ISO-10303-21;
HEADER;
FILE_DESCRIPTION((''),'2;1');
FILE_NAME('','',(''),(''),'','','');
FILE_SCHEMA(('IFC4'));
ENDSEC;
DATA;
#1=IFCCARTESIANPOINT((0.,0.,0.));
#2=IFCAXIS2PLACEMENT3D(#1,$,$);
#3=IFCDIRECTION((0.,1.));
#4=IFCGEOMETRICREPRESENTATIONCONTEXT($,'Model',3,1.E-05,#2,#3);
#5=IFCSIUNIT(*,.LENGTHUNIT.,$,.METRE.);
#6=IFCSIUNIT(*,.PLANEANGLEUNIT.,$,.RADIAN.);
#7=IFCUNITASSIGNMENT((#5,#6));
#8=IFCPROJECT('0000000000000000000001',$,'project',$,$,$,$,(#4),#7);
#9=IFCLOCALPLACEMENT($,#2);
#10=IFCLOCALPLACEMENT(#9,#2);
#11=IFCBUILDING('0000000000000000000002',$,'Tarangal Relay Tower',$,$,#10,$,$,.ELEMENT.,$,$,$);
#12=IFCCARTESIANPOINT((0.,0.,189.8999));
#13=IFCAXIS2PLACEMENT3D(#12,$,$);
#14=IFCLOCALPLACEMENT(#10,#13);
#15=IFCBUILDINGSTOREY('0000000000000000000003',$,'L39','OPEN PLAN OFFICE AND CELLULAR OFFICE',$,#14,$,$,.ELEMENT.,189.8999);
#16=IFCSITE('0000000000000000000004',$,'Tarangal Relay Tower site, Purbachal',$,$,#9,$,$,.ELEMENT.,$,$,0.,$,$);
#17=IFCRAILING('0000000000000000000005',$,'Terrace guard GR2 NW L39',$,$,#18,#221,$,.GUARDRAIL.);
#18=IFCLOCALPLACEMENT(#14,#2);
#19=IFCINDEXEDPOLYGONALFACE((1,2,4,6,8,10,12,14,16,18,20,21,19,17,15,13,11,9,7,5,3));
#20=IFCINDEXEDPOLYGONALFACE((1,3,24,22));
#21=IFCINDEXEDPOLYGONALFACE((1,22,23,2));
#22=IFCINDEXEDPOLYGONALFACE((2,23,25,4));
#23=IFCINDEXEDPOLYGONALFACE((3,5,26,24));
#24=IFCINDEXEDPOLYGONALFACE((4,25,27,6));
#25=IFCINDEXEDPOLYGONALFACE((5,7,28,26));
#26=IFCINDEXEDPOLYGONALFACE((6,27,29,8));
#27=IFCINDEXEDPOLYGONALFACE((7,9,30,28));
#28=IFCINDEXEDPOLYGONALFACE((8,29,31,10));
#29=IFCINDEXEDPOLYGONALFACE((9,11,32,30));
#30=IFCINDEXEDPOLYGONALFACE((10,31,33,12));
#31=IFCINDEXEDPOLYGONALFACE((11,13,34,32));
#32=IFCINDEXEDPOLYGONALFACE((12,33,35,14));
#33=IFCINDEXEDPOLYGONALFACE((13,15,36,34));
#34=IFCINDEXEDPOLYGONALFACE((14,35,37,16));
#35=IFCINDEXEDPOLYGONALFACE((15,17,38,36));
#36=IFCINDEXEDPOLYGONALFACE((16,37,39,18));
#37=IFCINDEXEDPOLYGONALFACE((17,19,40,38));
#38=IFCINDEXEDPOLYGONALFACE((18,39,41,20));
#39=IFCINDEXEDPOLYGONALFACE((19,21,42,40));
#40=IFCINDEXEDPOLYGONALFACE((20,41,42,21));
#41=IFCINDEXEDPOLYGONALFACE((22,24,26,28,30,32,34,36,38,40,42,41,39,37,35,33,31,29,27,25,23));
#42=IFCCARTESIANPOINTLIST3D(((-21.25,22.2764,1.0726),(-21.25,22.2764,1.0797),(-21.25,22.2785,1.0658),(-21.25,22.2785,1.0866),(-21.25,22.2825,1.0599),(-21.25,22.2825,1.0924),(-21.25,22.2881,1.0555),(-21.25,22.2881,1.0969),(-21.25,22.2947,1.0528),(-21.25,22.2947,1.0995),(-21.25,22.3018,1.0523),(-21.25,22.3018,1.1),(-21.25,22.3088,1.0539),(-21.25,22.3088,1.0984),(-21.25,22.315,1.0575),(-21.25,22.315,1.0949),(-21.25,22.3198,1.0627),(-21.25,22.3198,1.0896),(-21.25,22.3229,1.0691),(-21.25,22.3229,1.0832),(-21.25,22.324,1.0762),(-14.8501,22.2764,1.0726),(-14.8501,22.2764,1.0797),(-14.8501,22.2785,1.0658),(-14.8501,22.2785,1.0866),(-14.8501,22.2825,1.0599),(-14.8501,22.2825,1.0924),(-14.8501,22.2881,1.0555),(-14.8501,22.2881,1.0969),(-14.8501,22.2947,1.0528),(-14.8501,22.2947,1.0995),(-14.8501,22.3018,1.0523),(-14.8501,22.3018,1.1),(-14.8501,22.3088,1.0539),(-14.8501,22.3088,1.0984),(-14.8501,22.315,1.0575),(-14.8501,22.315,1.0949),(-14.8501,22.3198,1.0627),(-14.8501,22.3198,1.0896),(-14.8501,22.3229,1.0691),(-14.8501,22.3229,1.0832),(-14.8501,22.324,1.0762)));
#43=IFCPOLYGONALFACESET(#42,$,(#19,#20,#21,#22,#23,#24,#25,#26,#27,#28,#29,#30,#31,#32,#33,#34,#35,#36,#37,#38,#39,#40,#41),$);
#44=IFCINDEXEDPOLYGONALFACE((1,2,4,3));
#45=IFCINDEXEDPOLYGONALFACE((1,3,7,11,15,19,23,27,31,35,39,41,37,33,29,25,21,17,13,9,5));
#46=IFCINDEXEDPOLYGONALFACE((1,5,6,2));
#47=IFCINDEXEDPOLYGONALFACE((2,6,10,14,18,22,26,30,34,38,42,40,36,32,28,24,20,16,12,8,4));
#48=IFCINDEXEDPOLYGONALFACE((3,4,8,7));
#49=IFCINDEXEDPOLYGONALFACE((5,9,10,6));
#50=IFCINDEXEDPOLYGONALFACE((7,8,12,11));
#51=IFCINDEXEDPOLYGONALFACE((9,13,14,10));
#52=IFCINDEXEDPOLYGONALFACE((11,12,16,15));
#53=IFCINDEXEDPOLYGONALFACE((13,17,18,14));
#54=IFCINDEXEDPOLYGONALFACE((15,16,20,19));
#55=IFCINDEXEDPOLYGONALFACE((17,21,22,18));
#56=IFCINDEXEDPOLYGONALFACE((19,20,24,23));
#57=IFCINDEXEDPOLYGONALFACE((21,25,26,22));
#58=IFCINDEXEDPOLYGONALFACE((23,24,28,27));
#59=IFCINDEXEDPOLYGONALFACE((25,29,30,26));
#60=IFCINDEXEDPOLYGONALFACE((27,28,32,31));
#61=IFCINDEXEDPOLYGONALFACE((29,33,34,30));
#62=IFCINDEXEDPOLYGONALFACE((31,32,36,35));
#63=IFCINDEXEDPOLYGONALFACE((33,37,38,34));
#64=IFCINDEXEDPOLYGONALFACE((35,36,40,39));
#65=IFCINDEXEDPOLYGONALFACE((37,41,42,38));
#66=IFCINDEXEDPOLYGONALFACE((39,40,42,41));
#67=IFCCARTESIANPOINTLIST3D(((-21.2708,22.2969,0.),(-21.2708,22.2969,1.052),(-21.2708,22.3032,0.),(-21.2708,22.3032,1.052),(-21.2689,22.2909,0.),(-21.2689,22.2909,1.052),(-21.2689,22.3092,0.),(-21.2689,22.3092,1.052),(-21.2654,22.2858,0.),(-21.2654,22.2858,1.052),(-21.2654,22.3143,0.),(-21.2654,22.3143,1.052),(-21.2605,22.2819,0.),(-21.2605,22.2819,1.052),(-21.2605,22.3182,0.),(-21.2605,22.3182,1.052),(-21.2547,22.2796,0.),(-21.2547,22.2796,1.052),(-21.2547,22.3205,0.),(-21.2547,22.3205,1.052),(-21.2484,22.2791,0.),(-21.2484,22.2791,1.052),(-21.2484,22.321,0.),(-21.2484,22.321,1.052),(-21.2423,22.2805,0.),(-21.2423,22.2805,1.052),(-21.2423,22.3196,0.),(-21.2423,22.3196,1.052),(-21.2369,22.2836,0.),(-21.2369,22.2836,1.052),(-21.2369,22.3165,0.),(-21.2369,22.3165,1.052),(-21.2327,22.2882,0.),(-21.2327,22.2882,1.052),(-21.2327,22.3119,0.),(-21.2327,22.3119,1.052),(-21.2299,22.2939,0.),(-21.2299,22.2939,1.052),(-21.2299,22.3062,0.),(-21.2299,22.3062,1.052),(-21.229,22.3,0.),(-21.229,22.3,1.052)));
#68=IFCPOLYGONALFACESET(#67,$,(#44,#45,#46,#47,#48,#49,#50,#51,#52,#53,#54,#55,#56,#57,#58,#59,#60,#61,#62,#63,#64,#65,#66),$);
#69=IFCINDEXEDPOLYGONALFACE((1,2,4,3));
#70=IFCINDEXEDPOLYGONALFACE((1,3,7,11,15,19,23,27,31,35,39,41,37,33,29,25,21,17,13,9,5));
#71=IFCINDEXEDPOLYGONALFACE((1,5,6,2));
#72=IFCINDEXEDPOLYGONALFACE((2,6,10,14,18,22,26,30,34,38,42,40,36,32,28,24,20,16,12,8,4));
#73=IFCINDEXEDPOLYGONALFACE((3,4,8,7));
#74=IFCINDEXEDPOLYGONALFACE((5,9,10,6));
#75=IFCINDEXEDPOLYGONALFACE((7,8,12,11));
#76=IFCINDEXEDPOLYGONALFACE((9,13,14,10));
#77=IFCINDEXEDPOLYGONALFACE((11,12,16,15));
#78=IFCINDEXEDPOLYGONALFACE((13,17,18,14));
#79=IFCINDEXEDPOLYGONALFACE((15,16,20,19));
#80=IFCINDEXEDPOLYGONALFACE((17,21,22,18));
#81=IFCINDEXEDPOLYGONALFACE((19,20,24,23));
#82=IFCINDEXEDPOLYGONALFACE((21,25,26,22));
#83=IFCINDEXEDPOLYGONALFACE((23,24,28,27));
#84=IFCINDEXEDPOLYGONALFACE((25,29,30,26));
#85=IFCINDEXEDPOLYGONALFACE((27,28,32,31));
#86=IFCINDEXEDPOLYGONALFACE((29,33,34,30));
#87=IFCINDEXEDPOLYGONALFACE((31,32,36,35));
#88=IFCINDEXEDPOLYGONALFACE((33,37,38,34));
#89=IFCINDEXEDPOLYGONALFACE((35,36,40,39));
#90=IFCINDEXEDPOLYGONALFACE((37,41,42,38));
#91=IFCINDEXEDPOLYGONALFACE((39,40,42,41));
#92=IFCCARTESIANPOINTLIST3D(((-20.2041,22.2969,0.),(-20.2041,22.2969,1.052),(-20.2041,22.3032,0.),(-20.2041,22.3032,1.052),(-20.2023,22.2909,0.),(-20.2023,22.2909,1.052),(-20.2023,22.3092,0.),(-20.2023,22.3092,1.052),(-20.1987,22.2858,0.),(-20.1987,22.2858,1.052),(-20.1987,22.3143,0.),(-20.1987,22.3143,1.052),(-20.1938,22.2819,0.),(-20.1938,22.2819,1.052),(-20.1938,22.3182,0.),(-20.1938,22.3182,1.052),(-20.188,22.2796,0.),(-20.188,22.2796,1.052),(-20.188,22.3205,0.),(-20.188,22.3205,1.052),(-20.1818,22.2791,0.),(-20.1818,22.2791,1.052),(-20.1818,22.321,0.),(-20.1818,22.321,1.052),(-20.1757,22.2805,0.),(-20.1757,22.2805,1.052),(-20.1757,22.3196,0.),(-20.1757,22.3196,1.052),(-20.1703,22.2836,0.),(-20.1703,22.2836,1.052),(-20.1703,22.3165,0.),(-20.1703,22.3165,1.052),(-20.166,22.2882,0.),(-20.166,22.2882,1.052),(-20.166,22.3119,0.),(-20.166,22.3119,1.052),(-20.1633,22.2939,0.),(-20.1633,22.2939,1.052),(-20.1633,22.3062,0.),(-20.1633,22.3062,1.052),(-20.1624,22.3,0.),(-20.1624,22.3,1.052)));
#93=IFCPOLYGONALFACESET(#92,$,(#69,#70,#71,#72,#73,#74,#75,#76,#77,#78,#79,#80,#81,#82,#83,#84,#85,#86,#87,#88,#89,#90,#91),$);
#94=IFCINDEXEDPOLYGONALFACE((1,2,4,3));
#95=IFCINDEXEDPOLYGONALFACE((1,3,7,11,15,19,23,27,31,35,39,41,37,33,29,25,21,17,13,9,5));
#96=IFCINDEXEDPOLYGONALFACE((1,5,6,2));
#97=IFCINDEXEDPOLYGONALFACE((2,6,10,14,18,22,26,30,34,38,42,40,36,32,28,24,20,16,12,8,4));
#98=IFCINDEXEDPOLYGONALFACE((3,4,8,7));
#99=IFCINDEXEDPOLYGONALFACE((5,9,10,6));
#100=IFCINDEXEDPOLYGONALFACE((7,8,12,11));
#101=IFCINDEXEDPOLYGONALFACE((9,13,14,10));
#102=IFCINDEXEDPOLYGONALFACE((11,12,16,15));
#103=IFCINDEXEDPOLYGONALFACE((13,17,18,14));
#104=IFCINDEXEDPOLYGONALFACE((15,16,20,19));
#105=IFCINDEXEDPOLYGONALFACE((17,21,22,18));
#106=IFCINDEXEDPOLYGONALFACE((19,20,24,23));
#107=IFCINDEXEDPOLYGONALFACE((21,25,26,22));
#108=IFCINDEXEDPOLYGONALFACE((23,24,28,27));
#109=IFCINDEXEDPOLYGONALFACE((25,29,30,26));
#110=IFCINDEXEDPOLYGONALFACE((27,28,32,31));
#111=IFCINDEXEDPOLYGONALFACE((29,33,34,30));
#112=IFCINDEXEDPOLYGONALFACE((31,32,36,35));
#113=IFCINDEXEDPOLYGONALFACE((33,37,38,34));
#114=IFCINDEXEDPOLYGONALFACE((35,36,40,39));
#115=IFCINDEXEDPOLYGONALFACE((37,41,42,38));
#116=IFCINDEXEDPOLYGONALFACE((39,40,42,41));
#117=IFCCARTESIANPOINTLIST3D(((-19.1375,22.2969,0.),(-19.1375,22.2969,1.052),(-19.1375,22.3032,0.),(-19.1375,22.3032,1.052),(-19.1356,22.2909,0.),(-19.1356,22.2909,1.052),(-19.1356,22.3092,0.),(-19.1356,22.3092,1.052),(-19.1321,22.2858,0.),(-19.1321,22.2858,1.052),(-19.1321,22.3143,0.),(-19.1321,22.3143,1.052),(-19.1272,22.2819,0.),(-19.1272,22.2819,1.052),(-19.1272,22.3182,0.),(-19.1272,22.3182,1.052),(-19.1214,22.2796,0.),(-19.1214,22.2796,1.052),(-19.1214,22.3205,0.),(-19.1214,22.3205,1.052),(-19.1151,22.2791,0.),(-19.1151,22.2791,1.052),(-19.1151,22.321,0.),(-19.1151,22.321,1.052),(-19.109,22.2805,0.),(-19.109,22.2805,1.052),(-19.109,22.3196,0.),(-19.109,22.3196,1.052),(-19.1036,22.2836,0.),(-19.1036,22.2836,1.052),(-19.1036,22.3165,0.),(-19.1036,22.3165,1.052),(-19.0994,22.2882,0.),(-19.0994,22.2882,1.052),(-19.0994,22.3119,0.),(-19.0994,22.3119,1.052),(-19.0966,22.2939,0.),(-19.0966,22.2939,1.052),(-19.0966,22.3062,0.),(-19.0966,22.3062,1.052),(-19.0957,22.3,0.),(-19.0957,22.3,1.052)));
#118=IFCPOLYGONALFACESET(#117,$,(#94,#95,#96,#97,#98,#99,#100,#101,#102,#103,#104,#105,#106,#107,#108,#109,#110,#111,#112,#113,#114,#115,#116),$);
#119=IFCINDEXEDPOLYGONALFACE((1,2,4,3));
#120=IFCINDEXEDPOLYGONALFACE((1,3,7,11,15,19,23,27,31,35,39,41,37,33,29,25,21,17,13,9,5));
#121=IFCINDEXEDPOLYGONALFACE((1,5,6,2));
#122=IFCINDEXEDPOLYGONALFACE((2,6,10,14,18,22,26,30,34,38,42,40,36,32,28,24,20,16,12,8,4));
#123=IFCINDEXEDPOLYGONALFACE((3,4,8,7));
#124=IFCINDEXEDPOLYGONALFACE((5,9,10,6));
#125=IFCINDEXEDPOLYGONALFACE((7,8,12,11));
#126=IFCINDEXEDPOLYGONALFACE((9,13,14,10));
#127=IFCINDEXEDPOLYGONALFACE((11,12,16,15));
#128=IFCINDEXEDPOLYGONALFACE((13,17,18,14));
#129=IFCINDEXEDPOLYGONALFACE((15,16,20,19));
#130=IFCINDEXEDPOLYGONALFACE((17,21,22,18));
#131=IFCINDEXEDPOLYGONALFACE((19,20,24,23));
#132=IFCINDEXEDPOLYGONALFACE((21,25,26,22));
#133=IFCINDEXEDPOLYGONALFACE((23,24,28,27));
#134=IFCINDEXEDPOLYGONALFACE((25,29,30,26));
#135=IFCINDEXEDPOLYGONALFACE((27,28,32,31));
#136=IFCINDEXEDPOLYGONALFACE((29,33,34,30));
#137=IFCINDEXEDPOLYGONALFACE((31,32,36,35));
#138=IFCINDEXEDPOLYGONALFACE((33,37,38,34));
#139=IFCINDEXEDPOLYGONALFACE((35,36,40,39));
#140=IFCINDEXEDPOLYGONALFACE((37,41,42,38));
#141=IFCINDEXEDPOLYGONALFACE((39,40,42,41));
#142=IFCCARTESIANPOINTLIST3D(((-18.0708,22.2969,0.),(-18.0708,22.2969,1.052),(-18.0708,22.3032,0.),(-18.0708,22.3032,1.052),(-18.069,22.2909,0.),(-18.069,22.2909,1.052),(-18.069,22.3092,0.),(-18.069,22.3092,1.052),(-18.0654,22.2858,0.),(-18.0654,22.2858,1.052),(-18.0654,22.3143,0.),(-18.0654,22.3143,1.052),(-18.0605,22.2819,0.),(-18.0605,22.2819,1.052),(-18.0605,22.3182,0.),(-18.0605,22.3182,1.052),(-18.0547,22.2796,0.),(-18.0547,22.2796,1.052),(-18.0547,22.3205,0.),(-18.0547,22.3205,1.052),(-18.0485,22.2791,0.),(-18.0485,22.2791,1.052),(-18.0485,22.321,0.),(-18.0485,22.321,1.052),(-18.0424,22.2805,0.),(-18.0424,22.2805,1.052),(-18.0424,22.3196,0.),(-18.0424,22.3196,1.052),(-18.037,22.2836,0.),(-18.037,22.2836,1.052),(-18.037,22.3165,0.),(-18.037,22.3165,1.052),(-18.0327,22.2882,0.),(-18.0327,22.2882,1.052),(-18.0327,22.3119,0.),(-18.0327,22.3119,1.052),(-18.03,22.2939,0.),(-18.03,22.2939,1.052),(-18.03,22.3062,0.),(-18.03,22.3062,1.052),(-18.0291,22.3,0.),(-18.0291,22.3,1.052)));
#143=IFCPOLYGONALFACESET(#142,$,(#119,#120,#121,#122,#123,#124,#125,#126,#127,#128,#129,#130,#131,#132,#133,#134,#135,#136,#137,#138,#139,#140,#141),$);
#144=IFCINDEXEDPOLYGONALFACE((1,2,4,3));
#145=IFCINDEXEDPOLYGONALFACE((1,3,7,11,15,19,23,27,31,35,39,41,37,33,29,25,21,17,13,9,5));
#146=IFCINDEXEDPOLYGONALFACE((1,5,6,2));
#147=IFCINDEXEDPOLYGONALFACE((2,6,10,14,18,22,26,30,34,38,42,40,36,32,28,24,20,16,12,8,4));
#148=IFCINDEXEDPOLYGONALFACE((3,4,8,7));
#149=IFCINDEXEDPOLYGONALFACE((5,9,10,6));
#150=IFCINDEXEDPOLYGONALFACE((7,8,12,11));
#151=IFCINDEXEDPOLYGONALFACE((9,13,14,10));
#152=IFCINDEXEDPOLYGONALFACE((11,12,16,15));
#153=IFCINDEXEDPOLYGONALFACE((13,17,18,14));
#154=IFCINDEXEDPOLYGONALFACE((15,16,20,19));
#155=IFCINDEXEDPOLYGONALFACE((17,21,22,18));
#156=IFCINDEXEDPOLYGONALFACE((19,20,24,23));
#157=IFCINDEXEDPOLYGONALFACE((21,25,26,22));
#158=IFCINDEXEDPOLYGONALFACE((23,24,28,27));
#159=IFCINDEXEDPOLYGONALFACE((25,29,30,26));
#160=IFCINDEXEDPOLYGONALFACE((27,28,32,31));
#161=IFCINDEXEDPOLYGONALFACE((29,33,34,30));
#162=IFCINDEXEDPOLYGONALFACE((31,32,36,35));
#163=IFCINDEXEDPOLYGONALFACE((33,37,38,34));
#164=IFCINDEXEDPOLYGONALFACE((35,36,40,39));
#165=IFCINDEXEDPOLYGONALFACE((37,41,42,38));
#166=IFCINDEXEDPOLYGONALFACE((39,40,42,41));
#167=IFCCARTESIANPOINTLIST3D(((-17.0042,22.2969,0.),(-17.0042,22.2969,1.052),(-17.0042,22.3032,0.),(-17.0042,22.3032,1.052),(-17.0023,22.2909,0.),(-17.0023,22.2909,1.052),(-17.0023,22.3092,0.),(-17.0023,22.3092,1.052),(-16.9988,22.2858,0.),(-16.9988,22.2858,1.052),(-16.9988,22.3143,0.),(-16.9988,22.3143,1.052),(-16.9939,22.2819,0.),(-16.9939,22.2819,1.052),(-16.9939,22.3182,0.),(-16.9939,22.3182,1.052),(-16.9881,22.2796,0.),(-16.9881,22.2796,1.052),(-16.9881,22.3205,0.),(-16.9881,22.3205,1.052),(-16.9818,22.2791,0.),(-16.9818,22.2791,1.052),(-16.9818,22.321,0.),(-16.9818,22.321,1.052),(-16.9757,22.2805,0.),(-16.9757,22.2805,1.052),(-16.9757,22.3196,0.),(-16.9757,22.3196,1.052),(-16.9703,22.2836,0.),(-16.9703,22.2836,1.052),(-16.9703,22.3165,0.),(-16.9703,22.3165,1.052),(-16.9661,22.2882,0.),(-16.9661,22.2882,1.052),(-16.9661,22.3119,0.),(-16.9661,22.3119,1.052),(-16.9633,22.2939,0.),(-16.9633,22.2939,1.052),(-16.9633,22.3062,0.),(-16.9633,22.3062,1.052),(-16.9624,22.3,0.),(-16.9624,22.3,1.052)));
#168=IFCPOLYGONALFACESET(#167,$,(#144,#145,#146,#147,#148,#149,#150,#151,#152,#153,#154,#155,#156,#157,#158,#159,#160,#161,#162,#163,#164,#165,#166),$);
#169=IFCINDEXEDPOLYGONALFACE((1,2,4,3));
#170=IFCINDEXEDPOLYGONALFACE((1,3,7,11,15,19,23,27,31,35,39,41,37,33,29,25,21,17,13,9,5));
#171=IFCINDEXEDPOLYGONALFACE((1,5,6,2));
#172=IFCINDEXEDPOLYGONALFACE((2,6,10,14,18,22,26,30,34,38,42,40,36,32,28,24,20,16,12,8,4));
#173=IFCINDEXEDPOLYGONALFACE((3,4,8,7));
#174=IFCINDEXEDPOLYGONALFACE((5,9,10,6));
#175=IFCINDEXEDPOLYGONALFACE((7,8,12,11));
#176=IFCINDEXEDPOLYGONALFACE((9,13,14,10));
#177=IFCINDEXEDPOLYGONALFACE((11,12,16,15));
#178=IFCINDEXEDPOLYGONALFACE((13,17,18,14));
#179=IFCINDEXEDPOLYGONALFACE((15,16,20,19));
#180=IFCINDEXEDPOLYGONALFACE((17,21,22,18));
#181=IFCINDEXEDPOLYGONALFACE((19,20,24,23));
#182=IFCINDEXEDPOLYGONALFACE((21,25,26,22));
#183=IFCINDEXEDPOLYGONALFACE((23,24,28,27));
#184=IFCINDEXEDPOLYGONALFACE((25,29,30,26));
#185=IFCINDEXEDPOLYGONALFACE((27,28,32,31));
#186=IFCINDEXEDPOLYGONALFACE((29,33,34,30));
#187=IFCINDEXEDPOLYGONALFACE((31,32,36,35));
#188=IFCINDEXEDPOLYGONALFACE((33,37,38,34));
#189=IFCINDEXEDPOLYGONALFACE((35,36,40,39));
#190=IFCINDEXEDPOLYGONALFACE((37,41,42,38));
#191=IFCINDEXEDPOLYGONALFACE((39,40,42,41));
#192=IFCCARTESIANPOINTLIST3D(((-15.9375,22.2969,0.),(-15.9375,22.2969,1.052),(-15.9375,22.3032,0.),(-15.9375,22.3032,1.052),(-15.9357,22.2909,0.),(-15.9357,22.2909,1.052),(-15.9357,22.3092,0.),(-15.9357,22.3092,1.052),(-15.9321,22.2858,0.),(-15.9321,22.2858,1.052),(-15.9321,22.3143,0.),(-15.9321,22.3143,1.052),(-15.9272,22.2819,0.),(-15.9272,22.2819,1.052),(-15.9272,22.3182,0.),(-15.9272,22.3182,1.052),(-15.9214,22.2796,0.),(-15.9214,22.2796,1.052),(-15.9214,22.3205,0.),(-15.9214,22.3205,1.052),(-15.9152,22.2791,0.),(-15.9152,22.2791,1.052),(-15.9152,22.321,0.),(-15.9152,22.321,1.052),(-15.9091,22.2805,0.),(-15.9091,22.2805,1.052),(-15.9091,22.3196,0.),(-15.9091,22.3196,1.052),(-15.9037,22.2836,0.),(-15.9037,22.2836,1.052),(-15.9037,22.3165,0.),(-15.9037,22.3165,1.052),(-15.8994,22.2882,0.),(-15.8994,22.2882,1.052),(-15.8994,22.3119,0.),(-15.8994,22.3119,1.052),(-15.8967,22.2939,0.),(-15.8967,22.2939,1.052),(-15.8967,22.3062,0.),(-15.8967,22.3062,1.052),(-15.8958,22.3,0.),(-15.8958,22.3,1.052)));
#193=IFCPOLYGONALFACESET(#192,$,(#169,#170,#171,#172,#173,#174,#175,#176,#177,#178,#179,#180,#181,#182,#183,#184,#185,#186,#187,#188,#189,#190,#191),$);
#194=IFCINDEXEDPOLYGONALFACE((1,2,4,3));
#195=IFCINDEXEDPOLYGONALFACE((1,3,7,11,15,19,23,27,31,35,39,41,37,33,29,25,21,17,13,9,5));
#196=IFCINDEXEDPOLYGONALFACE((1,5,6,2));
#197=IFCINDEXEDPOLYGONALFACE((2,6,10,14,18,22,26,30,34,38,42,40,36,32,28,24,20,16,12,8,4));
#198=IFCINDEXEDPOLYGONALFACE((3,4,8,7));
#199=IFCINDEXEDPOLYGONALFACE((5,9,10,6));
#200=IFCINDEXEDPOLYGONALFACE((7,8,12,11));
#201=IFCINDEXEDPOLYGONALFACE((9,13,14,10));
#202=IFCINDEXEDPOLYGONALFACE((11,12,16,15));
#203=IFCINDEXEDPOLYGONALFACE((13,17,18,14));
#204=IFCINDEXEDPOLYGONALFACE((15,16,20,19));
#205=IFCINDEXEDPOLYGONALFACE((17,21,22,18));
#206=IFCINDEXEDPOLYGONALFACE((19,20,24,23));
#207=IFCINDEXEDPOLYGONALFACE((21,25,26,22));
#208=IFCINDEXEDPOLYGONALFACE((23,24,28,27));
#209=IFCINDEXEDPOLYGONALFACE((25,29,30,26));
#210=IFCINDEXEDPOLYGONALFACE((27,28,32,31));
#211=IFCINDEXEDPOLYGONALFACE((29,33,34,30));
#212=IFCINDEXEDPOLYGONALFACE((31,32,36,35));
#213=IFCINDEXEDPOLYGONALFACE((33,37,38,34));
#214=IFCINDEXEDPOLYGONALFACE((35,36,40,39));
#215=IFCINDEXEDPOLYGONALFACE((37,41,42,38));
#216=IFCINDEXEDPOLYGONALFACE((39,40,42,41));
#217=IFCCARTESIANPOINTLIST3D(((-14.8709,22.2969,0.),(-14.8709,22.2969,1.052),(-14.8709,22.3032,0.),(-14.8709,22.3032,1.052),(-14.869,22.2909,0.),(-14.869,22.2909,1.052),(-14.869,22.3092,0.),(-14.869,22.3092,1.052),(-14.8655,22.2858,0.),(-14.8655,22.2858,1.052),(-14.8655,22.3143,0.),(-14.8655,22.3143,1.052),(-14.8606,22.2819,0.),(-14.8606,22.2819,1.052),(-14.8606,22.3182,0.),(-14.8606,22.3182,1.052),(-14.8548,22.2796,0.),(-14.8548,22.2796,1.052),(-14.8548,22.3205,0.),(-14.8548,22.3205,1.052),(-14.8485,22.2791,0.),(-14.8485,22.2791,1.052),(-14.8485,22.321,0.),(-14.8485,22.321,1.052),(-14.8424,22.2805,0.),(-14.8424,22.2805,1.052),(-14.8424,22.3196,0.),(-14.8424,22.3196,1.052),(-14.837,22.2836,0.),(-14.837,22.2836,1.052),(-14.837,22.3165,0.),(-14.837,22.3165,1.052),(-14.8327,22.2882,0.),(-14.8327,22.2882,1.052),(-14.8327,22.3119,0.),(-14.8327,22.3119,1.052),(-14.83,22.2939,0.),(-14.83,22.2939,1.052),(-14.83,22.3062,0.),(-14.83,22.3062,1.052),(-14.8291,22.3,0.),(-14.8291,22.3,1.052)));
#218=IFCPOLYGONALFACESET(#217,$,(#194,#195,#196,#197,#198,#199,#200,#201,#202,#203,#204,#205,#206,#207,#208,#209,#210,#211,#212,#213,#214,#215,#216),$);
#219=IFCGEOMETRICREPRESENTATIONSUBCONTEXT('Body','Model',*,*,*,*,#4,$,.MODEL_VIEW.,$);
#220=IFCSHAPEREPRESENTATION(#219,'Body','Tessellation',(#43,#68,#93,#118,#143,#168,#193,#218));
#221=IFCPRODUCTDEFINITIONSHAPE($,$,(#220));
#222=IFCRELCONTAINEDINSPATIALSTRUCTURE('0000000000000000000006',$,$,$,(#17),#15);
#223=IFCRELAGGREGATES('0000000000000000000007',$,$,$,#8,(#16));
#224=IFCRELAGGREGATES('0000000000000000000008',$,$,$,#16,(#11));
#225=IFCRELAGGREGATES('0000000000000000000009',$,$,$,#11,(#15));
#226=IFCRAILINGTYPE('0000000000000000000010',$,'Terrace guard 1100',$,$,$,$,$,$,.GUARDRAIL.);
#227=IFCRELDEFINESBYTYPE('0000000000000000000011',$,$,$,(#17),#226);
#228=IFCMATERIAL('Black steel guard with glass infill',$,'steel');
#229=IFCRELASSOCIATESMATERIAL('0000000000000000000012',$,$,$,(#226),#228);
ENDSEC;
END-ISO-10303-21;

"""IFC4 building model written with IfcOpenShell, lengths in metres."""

from ifc_helpers import new_model, si_unit, direction, frame, origin, origin_2d, place, context, subcontext, project, spatial, circle, extrude, material, type_object, element, save


model = new_model("IFC4")

# Units and contexts
model_context = context("Model", 3, precision=1e-05, world=origin(), true_north=direction((0.0, 1.0)))
body_context = subcontext(model_context, "Body", "Model", "MODEL_VIEW")
ifc_project = project(units=[si_unit("LENGTHUNIT", "METRE"), si_unit("PLANEANGLEUNIT", "RADIAN")], contexts=[model_context])

# Site, building, storey
site_placement = place(None, origin())
site = spatial("IfcSite", under=ifc_project, at=site_placement, Name="Tarangal Relay Tower site, Purbachal", CompositionType="ELEMENT", RefElevation=0.0)
building_placement = place(site_placement, origin())
building = spatial("IfcBuilding", under=site, at=building_placement, Name="Tarangal Relay Tower", CompositionType="ELEMENT")
storey_placement = place(building_placement, frame((0.0, 0.0, 189.8999)))
storey = spatial("IfcBuildingStorey", under=building, at=storey_placement, Name="L39", Description="OPEN PLAN OFFICE AND CELLULAR OFFICE", CompositionType="ELEMENT", Elevation=189.8999)

# Railing
ifc_material_1 = material(Name="Black steel guard with glass infill", Category="steel")
railing_type = type_object("IfcRailingType", Name="Terrace guard 1100", PredefinedType="GUARDRAIL", material=ifc_material_1)
railing_1_placement = place(storey_placement, frame((-21.25, 22.3, 0.0)))
element("IfcRailing", 1, at=railing_1_placement, inside=storey, type_object=railing_type, Name="Terrace guard GR2 NW L39", PredefinedType="GUARDRAIL", context=body_context, shape_type="SweptSolid", body=[
    extrude(circle(Radius=0.0239, at=origin_2d()), frame((0.0, 0.0, 1.0762), z_axis=(1.0, 0.0, 0.0), x_axis=(0.0, 1.0, 0.0)), (0.0, 0.0, 1.0), 6.3999),
    extrude(circle(Radius=0.021, at=origin_2d()), origin(), (0.0, 0.0, 1.0), 1.052),
    extrude(circle(Radius=0.021, at=origin_2d()), frame((1.0667, 0.0, 0.0)), (0.0, 0.0, 1.0), 1.052),
    extrude(circle(Radius=0.021, at=origin_2d()), frame((2.1333, 0.0, 0.0)), (0.0, 0.0, 1.0), 1.052),
    extrude(circle(Radius=0.021, at=origin_2d()), frame((3.2, 0.0, 0.0)), (0.0, 0.0, 1.0), 1.052),
    extrude(circle(Radius=0.021, at=origin_2d()), frame((4.2666, 0.0, 0.0)), (0.0, 0.0, 1.0), 1.052),
    extrude(circle(Radius=0.021, at=origin_2d()), frame((5.3333, 0.0, 0.0)), (0.0, 0.0, 1.0), 1.052),
    extrude(circle(Radius=0.021, at=origin_2d()), frame((6.3999, 0.0, 0.0)), (0.0, 0.0, 1.0), 1.052),
])

save(model, "model.ifc")
